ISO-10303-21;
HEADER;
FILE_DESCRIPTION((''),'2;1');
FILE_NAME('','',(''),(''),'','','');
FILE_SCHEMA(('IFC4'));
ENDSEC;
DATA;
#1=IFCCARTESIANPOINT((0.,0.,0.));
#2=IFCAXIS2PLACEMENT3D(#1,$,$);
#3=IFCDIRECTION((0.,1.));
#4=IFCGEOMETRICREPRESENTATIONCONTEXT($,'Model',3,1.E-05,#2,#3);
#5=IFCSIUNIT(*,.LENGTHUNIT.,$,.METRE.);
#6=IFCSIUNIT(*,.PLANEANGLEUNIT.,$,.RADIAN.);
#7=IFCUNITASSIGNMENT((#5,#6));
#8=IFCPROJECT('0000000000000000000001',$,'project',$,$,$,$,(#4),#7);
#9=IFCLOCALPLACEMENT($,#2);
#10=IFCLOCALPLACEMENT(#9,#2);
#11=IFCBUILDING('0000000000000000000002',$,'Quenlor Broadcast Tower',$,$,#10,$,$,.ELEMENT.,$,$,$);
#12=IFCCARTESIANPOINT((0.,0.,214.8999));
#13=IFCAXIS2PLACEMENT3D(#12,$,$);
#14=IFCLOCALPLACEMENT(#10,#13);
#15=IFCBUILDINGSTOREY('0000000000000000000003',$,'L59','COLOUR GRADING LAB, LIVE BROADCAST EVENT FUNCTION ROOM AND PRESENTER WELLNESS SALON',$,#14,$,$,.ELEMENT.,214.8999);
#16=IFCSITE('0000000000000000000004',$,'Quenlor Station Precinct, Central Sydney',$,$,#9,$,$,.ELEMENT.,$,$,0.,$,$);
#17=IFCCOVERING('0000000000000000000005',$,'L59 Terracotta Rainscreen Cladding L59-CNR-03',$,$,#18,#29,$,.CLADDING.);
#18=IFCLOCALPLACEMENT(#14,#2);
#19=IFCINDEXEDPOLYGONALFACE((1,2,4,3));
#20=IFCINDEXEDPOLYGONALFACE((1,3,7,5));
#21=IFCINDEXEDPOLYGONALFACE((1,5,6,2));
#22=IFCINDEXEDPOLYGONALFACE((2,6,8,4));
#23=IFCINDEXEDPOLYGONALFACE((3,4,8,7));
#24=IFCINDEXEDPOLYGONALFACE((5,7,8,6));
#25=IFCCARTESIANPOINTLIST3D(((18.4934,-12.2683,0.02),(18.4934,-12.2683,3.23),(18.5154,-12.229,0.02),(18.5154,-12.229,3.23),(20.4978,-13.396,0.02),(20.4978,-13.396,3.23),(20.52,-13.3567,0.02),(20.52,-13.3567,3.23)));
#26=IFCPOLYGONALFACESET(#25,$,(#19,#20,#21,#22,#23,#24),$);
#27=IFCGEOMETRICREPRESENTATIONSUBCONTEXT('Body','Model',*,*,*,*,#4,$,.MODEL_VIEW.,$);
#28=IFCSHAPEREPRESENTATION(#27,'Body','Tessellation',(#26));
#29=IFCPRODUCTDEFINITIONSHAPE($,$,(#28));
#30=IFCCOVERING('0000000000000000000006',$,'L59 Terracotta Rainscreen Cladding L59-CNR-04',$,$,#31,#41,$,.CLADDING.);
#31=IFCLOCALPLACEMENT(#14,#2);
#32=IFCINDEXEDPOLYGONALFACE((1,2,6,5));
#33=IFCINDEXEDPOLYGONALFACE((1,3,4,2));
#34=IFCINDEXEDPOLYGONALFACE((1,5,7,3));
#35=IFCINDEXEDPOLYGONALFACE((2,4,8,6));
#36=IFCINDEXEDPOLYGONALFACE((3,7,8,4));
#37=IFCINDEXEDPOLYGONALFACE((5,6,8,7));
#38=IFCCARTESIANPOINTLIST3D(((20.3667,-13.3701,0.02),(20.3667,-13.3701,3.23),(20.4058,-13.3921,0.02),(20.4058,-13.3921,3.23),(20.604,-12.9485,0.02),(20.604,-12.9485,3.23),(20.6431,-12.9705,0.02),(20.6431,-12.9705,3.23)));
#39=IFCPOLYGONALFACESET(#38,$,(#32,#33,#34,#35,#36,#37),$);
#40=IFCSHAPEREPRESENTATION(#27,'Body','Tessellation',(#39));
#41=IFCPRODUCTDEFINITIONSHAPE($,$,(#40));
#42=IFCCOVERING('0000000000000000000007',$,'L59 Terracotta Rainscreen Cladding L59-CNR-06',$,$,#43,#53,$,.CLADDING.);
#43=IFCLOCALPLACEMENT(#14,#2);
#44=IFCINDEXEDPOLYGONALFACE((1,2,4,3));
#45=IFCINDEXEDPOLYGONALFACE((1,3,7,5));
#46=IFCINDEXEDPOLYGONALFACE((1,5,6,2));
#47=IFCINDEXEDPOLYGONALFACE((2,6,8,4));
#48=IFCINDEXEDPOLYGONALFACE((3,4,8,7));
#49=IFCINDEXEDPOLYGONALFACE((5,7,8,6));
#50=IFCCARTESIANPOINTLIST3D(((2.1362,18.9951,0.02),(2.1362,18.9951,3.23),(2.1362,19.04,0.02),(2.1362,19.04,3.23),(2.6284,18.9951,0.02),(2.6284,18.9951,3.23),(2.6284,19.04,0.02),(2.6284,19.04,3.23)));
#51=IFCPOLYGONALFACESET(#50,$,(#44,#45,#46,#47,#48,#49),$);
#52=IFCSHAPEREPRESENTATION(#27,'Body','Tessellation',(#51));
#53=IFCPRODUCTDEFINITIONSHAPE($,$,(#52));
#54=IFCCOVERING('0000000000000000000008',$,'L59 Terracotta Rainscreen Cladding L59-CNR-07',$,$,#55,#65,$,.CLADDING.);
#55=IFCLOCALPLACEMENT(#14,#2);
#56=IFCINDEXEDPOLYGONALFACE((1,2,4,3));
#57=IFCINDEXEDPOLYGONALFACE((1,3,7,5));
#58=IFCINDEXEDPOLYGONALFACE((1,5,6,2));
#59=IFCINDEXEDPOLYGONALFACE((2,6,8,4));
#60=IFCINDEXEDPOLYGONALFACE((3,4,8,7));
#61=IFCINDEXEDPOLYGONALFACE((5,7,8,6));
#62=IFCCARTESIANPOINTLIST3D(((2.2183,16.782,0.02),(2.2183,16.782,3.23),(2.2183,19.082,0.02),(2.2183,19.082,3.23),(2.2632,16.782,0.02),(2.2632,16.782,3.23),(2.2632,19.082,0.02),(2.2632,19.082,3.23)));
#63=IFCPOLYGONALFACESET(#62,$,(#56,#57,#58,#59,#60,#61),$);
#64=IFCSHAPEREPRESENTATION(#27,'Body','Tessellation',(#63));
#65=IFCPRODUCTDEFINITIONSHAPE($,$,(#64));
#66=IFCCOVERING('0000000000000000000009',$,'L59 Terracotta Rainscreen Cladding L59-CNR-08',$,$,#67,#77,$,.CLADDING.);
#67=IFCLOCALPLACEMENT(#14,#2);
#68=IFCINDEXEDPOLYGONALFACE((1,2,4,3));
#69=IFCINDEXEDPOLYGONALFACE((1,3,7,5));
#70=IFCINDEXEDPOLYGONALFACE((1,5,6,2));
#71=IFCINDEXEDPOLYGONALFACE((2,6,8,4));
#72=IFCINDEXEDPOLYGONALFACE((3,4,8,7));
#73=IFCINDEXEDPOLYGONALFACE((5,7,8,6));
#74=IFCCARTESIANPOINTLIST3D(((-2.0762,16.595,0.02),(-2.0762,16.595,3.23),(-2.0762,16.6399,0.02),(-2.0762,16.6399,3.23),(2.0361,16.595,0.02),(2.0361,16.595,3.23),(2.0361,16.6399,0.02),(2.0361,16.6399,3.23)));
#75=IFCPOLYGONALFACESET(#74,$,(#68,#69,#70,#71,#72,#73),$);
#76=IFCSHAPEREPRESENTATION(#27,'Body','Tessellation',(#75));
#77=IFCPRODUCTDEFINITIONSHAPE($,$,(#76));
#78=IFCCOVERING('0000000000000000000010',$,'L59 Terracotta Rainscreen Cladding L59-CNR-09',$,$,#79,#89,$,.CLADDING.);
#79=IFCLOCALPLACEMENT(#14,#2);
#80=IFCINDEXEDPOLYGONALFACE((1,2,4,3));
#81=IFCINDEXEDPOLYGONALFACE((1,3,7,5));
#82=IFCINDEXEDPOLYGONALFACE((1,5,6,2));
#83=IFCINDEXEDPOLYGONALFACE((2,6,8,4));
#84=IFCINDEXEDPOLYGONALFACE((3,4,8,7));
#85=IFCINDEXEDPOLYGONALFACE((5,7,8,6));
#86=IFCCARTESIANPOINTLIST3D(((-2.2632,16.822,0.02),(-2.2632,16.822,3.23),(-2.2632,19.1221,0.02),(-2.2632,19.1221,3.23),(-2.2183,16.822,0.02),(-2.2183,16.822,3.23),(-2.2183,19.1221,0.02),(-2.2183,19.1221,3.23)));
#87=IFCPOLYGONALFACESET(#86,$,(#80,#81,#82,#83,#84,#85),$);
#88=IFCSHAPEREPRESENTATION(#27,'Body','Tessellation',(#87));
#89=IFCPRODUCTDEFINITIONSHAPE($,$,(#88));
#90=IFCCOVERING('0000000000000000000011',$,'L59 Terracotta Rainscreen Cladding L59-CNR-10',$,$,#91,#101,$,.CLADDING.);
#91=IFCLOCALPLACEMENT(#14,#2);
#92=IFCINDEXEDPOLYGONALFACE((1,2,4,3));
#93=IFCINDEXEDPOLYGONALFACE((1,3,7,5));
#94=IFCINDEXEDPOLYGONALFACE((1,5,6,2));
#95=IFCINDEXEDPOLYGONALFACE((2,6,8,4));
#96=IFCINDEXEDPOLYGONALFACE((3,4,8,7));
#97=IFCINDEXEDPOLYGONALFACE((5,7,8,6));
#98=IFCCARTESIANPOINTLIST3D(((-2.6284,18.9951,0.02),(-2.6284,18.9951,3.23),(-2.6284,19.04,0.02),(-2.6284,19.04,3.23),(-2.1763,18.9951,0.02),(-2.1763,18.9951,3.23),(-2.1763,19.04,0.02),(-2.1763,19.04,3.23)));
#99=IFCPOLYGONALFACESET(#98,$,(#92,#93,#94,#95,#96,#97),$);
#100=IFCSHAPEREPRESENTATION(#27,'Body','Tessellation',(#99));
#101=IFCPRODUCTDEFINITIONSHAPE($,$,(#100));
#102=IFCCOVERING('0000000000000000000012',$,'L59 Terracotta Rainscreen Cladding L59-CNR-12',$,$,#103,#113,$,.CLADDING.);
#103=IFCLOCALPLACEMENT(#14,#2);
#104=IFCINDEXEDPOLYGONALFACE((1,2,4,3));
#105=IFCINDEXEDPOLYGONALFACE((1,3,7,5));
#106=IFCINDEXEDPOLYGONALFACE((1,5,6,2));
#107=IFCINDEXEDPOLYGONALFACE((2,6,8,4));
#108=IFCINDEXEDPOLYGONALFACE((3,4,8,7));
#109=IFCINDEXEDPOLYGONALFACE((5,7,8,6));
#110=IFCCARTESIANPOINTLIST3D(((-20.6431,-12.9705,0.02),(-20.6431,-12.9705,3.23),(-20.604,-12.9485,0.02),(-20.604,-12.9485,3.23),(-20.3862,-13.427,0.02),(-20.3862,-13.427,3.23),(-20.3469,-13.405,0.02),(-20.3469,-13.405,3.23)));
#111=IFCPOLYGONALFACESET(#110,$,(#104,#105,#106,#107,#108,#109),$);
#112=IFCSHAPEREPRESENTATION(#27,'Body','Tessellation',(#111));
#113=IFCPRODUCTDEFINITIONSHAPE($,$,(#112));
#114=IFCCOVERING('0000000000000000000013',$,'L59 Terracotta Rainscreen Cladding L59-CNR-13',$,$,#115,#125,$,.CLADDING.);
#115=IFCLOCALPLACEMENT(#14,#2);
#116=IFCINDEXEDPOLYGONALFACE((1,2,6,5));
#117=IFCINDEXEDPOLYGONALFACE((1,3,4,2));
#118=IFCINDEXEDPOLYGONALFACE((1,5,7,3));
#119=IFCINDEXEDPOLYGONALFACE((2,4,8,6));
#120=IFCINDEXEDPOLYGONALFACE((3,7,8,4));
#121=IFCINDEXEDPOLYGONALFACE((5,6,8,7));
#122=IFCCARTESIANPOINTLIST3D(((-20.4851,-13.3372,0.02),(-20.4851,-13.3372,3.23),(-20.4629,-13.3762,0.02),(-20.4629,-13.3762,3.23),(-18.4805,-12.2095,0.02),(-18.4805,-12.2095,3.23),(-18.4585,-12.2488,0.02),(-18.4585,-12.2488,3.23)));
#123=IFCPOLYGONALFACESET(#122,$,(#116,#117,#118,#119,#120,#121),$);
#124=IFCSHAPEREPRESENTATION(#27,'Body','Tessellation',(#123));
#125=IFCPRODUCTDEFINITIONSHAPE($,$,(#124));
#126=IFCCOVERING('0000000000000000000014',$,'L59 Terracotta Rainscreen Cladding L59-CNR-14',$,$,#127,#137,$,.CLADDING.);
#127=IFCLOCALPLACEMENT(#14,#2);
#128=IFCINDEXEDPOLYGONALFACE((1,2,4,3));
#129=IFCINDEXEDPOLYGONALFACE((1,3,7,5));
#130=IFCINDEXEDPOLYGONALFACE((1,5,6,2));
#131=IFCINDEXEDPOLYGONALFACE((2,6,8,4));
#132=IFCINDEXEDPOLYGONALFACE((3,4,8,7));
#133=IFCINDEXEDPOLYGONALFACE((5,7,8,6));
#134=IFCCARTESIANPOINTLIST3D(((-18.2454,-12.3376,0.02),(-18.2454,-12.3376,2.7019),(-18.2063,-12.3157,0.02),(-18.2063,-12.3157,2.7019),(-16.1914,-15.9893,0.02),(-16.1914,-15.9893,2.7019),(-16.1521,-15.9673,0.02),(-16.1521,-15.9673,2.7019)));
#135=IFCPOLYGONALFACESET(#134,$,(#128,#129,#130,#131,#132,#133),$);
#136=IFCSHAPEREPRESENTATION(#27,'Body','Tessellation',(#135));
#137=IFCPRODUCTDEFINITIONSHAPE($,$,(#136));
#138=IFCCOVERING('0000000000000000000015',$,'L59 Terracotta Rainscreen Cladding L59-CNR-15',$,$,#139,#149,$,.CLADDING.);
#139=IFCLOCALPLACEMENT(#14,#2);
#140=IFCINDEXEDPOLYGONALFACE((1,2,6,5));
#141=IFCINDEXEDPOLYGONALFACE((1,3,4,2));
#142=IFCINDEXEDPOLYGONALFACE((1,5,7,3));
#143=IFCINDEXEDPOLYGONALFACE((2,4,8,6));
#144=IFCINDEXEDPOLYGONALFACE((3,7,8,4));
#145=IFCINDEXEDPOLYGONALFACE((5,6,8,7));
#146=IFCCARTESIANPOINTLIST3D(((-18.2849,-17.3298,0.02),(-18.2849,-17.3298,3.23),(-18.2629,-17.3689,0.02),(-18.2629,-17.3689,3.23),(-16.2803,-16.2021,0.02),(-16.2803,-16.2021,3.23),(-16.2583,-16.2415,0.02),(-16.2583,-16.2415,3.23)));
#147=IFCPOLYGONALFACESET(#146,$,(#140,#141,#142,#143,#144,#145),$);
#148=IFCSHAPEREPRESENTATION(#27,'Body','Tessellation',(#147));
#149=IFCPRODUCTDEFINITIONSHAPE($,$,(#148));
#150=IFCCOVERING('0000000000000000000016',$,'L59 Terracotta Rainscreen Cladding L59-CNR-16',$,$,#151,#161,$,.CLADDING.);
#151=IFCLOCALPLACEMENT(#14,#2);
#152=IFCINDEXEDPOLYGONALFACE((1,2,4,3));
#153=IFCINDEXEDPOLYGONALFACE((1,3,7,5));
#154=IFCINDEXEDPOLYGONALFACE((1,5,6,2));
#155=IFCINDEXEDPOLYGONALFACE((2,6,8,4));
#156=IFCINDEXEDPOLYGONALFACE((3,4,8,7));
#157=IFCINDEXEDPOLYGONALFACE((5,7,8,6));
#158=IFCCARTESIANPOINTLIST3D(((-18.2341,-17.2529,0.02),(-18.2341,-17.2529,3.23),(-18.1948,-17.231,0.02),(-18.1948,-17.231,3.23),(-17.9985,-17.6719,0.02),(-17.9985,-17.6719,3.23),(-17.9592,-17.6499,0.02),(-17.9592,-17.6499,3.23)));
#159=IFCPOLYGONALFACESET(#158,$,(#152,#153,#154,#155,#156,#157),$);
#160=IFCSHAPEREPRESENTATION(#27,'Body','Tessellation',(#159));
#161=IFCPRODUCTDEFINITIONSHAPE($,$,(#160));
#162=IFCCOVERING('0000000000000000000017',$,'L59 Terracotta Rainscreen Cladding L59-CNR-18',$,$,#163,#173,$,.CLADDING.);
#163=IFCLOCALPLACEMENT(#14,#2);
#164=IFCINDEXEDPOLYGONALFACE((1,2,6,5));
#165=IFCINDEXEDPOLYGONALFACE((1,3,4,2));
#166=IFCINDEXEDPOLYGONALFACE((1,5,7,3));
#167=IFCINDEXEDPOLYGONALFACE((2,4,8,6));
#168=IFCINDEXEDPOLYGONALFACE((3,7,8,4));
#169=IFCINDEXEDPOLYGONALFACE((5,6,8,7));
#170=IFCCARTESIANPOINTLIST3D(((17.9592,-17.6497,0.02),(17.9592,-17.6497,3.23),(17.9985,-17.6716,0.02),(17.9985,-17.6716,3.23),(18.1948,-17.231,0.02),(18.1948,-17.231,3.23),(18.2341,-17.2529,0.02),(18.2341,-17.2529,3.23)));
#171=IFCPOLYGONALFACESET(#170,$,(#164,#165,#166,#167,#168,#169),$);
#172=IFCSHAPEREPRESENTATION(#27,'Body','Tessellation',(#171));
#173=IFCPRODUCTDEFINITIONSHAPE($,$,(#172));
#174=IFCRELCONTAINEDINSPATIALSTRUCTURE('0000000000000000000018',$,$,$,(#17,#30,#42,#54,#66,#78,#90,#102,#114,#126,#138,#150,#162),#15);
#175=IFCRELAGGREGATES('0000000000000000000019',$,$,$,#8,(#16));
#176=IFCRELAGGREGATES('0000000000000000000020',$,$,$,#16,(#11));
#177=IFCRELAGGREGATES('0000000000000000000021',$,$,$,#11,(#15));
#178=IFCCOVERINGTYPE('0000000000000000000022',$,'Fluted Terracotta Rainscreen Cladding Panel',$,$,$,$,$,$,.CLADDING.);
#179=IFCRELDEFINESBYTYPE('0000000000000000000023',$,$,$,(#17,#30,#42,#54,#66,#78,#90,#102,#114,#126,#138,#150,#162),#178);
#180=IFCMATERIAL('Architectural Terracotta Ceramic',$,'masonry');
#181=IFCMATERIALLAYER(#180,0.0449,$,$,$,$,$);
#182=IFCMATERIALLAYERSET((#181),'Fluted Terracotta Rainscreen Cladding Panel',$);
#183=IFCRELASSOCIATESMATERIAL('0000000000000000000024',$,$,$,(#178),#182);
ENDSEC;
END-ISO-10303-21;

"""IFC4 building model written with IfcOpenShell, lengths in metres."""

from ifc_helpers import new_model, si_unit, direction, frame, origin, place, context, subcontext, project, spatial, polyline, outline, extrude, material, layer, layer_set, type_object, element, save


model = new_model("IFC4")

# Units and contexts
model_context = context("Model", 3, precision=1e-05, world=origin(), true_north=direction((0.0, 1.0)))
body_context = subcontext(model_context, "Body", "Model", "MODEL_VIEW")
ifc_project = project(units=[si_unit("LENGTHUNIT", "METRE"), si_unit("PLANEANGLEUNIT", "RADIAN")], contexts=[model_context])

# Site, building, storey
site_placement = place(None, origin())
site = spatial("IfcSite", under=ifc_project, at=site_placement, Name="Quenlor Station Precinct, Central Sydney", CompositionType="ELEMENT", RefElevation=0.0)
building_placement = place(site_placement, origin())
building = spatial("IfcBuilding", under=site, at=building_placement, Name="Quenlor Broadcast Tower", CompositionType="ELEMENT")
storey_placement = place(building_placement, frame((0.0, 0.0, 214.8999)))
storey = spatial("IfcBuildingStorey", under=building, at=storey_placement, Name="L59", Description="COLOUR GRADING LAB, LIVE BROADCAST EVENT FUNCTION ROOM AND PRESENTER WELLNESS SALON", CompositionType="ELEMENT", Elevation=214.8999)

# Coverings
ifc_material_1 = material(Name="Architectural Terracotta Ceramic", Category="masonry")
ifc_layer_1 = layer(ifc_material_1, 0.0449)
ifc_layer_set_1 = layer_set([ifc_layer_1], Name="Fluted Terracotta Rainscreen Cladding Panel")
covering_type_1 = type_object("IfcCoveringType", Name="Fluted Terracotta Rainscreen Cladding Panel", PredefinedType="CLADDING", material=ifc_layer_set_1)
covering_1_placement = place(storey_placement, frame((0.0, 0.0, 0.02)))
element("IfcCovering", 1, at=covering_1_placement, inside=storey, type_object=covering_type_1, Name="L59 Terracotta Rainscreen Cladding L59-CNR-03", PredefinedType="CLADDING", context=body_context, shape_type="SweptSolid", body=[
    extrude(outline(polyline([(18.4934, -12.2683), (20.4978, -13.396), (20.52, -13.3567), (18.5154, -12.229), (18.4934, -12.2683)])), origin(), (0.0, 0.0, 1.0), 3.21),
])
covering_2_placement = place(storey_placement, frame((0.0, 0.0, 0.02)))
element("IfcCovering", 2, at=covering_2_placement, inside=storey, type_object=covering_type_1, Name="L59 Terracotta Rainscreen Cladding L59-CNR-04", PredefinedType="CLADDING", context=body_context, shape_type="SweptSolid", body=[
    extrude(outline(polyline([(20.4058, -13.3921), (20.6431, -12.9705), (20.604, -12.9485), (20.3667, -13.3701), (20.4058, -13.3921)])), origin(), (0.0, 0.0, 1.0), 3.21),
])
covering_3_placement = place(storey_placement, frame((0.0, 0.0, 0.02)))
element("IfcCovering", 3, at=covering_3_placement, inside=storey, type_object=covering_type_1, Name="L59 Terracotta Rainscreen Cladding L59-CNR-06", PredefinedType="CLADDING", context=body_context, shape_type="SweptSolid", body=[
    extrude(outline(polyline([(2.6284, 19.04), (2.1362, 19.04), (2.1362, 18.9951), (2.6284, 18.9951), (2.6284, 19.04)])), origin(), (0.0, 0.0, 1.0), 3.21),
])
covering_4_placement = place(storey_placement, frame((0.0, 0.0, 0.02)))
element("IfcCovering", 4, at=covering_4_placement, inside=storey, type_object=covering_type_1, Name="L59 Terracotta Rainscreen Cladding L59-CNR-07", PredefinedType="CLADDING", context=body_context, shape_type="SweptSolid", body=[
    extrude(outline(polyline([(2.2183, 19.082), (2.2183, 16.782), (2.2632, 16.782), (2.2632, 19.082), (2.2183, 19.082)])), origin(), (0.0, 0.0, 1.0), 3.21),
])
covering_5_placement = place(storey_placement, frame((0.0, 0.0, 0.02)))
element("IfcCovering", 5, at=covering_5_placement, inside=storey, type_object=covering_type_1, Name="L59 Terracotta Rainscreen Cladding L59-CNR-08", PredefinedType="CLADDING", context=body_context, shape_type="SweptSolid", body=[
    extrude(outline(polyline([(2.0361, 16.6399), (-2.0762, 16.6399), (-2.0762, 16.595), (2.0361, 16.595), (2.0361, 16.6399)])), origin(), (0.0, 0.0, 1.0), 3.21),
])
covering_6_placement = place(storey_placement, frame((0.0, 0.0, 0.02)))
element("IfcCovering", 6, at=covering_6_placement, inside=storey, type_object=covering_type_1, Name="L59 Terracotta Rainscreen Cladding L59-CNR-09", PredefinedType="CLADDING", context=body_context, shape_type="SweptSolid", body=[
    extrude(outline(polyline([(-2.2183, 16.822), (-2.2183, 19.1221), (-2.2632, 19.1221), (-2.2632, 16.822), (-2.2183, 16.822)])), origin(), (0.0, 0.0, 1.0), 3.21),
])
covering_7_placement = place(storey_placement, frame((0.0, 0.0, 0.02)))
element("IfcCovering", 7, at=covering_7_placement, inside=storey, type_object=covering_type_1, Name="L59 Terracotta Rainscreen Cladding L59-CNR-10", PredefinedType="CLADDING", context=body_context, shape_type="SweptSolid", body=[
    extrude(outline(polyline([(-2.1763, 19.04), (-2.6284, 19.04), (-2.6284, 18.9951), (-2.1763, 18.9951), (-2.1763, 19.04)])), origin(), (0.0, 0.0, 1.0), 3.21),
])
covering_8_placement = place(storey_placement, frame((0.0, 0.0, 0.02)))
element("IfcCovering", 8, at=covering_8_placement, inside=storey, type_object=covering_type_1, Name="L59 Terracotta Rainscreen Cladding L59-CNR-12", PredefinedType="CLADDING", context=body_context, shape_type="SweptSolid", body=[
    extrude(outline(polyline([(-20.6431, -12.9705), (-20.3862, -13.427), (-20.3469, -13.405), (-20.604, -12.9485), (-20.6431, -12.9705)])), origin(), (0.0, 0.0, 1.0), 3.21),
])
covering_9_placement = place(storey_placement, frame((0.0, 0.0, 0.02)))
element("IfcCovering", 9, at=covering_9_placement, inside=storey, type_object=covering_type_1, Name="L59 Terracotta Rainscreen Cladding L59-CNR-13", PredefinedType="CLADDING", context=body_context, shape_type="SweptSolid", body=[
    extrude(outline(polyline([(-20.4629, -13.3762), (-18.4585, -12.2488), (-18.4805, -12.2095), (-20.4851, -13.3372), (-20.4629, -13.3762)])), origin(), (0.0, 0.0, 1.0), 3.21),
])
covering_10_placement = place(storey_placement, frame((0.0, 0.0, 0.02)))
element("IfcCovering", 10, at=covering_10_placement, inside=storey, type_object=covering_type_1, Name="L59 Terracotta Rainscreen Cladding L59-CNR-14", PredefinedType="CLADDING", context=body_context, shape_type="SweptSolid", body=[
    extrude(outline(polyline([(-18.2454, -12.3376), (-16.1914, -15.9893), (-16.1521, -15.9673), (-18.2063, -12.3157), (-18.2454, -12.3376)])), origin(), (0.0, 0.0, 1.0), 2.6819),
])
covering_11_placement = place(storey_placement, frame((0.0, 0.0, 0.02)))
element("IfcCovering", 11, at=covering_11_placement, inside=storey, type_object=covering_type_1, Name="L59 Terracotta Rainscreen Cladding L59-CNR-15", PredefinedType="CLADDING", context=body_context, shape_type="SweptSolid", body=[
    extrude(outline(polyline([(-16.2803, -16.2021), (-18.2849, -17.3298), (-18.2629, -17.3689), (-16.2583, -16.2415), (-16.2803, -16.2021)])), origin(), (0.0, 0.0, 1.0), 3.21),
])
covering_12_placement = place(storey_placement, frame((0.0, 0.0, 0.02)))
element("IfcCovering", 12, at=covering_12_placement, inside=storey, type_object=covering_type_1, Name="L59 Terracotta Rainscreen Cladding L59-CNR-16", PredefinedType="CLADDING", context=body_context, shape_type="SweptSolid", body=[
    extrude(outline(polyline([(-18.2341, -17.2529), (-17.9985, -17.6719), (-17.9592, -17.6499), (-18.1948, -17.231), (-18.2341, -17.2529)])), origin(), (0.0, 0.0, 1.0), 3.21),
])
covering_13_placement = place(storey_placement, frame((0.0, 0.0, 0.02)))
element("IfcCovering", 13, at=covering_13_placement, inside=storey, type_object=covering_type_1, Name="L59 Terracotta Rainscreen Cladding L59-CNR-18", PredefinedType="CLADDING", context=body_context, shape_type="SweptSolid", body=[
    extrude(outline(polyline([(17.9985, -17.6716), (18.2341, -17.2529), (18.1948, -17.231), (17.9592, -17.6497), (17.9985, -17.6716)])), origin(), (0.0, 0.0, 1.0), 3.21),
])

save(model, "model.ifc")
